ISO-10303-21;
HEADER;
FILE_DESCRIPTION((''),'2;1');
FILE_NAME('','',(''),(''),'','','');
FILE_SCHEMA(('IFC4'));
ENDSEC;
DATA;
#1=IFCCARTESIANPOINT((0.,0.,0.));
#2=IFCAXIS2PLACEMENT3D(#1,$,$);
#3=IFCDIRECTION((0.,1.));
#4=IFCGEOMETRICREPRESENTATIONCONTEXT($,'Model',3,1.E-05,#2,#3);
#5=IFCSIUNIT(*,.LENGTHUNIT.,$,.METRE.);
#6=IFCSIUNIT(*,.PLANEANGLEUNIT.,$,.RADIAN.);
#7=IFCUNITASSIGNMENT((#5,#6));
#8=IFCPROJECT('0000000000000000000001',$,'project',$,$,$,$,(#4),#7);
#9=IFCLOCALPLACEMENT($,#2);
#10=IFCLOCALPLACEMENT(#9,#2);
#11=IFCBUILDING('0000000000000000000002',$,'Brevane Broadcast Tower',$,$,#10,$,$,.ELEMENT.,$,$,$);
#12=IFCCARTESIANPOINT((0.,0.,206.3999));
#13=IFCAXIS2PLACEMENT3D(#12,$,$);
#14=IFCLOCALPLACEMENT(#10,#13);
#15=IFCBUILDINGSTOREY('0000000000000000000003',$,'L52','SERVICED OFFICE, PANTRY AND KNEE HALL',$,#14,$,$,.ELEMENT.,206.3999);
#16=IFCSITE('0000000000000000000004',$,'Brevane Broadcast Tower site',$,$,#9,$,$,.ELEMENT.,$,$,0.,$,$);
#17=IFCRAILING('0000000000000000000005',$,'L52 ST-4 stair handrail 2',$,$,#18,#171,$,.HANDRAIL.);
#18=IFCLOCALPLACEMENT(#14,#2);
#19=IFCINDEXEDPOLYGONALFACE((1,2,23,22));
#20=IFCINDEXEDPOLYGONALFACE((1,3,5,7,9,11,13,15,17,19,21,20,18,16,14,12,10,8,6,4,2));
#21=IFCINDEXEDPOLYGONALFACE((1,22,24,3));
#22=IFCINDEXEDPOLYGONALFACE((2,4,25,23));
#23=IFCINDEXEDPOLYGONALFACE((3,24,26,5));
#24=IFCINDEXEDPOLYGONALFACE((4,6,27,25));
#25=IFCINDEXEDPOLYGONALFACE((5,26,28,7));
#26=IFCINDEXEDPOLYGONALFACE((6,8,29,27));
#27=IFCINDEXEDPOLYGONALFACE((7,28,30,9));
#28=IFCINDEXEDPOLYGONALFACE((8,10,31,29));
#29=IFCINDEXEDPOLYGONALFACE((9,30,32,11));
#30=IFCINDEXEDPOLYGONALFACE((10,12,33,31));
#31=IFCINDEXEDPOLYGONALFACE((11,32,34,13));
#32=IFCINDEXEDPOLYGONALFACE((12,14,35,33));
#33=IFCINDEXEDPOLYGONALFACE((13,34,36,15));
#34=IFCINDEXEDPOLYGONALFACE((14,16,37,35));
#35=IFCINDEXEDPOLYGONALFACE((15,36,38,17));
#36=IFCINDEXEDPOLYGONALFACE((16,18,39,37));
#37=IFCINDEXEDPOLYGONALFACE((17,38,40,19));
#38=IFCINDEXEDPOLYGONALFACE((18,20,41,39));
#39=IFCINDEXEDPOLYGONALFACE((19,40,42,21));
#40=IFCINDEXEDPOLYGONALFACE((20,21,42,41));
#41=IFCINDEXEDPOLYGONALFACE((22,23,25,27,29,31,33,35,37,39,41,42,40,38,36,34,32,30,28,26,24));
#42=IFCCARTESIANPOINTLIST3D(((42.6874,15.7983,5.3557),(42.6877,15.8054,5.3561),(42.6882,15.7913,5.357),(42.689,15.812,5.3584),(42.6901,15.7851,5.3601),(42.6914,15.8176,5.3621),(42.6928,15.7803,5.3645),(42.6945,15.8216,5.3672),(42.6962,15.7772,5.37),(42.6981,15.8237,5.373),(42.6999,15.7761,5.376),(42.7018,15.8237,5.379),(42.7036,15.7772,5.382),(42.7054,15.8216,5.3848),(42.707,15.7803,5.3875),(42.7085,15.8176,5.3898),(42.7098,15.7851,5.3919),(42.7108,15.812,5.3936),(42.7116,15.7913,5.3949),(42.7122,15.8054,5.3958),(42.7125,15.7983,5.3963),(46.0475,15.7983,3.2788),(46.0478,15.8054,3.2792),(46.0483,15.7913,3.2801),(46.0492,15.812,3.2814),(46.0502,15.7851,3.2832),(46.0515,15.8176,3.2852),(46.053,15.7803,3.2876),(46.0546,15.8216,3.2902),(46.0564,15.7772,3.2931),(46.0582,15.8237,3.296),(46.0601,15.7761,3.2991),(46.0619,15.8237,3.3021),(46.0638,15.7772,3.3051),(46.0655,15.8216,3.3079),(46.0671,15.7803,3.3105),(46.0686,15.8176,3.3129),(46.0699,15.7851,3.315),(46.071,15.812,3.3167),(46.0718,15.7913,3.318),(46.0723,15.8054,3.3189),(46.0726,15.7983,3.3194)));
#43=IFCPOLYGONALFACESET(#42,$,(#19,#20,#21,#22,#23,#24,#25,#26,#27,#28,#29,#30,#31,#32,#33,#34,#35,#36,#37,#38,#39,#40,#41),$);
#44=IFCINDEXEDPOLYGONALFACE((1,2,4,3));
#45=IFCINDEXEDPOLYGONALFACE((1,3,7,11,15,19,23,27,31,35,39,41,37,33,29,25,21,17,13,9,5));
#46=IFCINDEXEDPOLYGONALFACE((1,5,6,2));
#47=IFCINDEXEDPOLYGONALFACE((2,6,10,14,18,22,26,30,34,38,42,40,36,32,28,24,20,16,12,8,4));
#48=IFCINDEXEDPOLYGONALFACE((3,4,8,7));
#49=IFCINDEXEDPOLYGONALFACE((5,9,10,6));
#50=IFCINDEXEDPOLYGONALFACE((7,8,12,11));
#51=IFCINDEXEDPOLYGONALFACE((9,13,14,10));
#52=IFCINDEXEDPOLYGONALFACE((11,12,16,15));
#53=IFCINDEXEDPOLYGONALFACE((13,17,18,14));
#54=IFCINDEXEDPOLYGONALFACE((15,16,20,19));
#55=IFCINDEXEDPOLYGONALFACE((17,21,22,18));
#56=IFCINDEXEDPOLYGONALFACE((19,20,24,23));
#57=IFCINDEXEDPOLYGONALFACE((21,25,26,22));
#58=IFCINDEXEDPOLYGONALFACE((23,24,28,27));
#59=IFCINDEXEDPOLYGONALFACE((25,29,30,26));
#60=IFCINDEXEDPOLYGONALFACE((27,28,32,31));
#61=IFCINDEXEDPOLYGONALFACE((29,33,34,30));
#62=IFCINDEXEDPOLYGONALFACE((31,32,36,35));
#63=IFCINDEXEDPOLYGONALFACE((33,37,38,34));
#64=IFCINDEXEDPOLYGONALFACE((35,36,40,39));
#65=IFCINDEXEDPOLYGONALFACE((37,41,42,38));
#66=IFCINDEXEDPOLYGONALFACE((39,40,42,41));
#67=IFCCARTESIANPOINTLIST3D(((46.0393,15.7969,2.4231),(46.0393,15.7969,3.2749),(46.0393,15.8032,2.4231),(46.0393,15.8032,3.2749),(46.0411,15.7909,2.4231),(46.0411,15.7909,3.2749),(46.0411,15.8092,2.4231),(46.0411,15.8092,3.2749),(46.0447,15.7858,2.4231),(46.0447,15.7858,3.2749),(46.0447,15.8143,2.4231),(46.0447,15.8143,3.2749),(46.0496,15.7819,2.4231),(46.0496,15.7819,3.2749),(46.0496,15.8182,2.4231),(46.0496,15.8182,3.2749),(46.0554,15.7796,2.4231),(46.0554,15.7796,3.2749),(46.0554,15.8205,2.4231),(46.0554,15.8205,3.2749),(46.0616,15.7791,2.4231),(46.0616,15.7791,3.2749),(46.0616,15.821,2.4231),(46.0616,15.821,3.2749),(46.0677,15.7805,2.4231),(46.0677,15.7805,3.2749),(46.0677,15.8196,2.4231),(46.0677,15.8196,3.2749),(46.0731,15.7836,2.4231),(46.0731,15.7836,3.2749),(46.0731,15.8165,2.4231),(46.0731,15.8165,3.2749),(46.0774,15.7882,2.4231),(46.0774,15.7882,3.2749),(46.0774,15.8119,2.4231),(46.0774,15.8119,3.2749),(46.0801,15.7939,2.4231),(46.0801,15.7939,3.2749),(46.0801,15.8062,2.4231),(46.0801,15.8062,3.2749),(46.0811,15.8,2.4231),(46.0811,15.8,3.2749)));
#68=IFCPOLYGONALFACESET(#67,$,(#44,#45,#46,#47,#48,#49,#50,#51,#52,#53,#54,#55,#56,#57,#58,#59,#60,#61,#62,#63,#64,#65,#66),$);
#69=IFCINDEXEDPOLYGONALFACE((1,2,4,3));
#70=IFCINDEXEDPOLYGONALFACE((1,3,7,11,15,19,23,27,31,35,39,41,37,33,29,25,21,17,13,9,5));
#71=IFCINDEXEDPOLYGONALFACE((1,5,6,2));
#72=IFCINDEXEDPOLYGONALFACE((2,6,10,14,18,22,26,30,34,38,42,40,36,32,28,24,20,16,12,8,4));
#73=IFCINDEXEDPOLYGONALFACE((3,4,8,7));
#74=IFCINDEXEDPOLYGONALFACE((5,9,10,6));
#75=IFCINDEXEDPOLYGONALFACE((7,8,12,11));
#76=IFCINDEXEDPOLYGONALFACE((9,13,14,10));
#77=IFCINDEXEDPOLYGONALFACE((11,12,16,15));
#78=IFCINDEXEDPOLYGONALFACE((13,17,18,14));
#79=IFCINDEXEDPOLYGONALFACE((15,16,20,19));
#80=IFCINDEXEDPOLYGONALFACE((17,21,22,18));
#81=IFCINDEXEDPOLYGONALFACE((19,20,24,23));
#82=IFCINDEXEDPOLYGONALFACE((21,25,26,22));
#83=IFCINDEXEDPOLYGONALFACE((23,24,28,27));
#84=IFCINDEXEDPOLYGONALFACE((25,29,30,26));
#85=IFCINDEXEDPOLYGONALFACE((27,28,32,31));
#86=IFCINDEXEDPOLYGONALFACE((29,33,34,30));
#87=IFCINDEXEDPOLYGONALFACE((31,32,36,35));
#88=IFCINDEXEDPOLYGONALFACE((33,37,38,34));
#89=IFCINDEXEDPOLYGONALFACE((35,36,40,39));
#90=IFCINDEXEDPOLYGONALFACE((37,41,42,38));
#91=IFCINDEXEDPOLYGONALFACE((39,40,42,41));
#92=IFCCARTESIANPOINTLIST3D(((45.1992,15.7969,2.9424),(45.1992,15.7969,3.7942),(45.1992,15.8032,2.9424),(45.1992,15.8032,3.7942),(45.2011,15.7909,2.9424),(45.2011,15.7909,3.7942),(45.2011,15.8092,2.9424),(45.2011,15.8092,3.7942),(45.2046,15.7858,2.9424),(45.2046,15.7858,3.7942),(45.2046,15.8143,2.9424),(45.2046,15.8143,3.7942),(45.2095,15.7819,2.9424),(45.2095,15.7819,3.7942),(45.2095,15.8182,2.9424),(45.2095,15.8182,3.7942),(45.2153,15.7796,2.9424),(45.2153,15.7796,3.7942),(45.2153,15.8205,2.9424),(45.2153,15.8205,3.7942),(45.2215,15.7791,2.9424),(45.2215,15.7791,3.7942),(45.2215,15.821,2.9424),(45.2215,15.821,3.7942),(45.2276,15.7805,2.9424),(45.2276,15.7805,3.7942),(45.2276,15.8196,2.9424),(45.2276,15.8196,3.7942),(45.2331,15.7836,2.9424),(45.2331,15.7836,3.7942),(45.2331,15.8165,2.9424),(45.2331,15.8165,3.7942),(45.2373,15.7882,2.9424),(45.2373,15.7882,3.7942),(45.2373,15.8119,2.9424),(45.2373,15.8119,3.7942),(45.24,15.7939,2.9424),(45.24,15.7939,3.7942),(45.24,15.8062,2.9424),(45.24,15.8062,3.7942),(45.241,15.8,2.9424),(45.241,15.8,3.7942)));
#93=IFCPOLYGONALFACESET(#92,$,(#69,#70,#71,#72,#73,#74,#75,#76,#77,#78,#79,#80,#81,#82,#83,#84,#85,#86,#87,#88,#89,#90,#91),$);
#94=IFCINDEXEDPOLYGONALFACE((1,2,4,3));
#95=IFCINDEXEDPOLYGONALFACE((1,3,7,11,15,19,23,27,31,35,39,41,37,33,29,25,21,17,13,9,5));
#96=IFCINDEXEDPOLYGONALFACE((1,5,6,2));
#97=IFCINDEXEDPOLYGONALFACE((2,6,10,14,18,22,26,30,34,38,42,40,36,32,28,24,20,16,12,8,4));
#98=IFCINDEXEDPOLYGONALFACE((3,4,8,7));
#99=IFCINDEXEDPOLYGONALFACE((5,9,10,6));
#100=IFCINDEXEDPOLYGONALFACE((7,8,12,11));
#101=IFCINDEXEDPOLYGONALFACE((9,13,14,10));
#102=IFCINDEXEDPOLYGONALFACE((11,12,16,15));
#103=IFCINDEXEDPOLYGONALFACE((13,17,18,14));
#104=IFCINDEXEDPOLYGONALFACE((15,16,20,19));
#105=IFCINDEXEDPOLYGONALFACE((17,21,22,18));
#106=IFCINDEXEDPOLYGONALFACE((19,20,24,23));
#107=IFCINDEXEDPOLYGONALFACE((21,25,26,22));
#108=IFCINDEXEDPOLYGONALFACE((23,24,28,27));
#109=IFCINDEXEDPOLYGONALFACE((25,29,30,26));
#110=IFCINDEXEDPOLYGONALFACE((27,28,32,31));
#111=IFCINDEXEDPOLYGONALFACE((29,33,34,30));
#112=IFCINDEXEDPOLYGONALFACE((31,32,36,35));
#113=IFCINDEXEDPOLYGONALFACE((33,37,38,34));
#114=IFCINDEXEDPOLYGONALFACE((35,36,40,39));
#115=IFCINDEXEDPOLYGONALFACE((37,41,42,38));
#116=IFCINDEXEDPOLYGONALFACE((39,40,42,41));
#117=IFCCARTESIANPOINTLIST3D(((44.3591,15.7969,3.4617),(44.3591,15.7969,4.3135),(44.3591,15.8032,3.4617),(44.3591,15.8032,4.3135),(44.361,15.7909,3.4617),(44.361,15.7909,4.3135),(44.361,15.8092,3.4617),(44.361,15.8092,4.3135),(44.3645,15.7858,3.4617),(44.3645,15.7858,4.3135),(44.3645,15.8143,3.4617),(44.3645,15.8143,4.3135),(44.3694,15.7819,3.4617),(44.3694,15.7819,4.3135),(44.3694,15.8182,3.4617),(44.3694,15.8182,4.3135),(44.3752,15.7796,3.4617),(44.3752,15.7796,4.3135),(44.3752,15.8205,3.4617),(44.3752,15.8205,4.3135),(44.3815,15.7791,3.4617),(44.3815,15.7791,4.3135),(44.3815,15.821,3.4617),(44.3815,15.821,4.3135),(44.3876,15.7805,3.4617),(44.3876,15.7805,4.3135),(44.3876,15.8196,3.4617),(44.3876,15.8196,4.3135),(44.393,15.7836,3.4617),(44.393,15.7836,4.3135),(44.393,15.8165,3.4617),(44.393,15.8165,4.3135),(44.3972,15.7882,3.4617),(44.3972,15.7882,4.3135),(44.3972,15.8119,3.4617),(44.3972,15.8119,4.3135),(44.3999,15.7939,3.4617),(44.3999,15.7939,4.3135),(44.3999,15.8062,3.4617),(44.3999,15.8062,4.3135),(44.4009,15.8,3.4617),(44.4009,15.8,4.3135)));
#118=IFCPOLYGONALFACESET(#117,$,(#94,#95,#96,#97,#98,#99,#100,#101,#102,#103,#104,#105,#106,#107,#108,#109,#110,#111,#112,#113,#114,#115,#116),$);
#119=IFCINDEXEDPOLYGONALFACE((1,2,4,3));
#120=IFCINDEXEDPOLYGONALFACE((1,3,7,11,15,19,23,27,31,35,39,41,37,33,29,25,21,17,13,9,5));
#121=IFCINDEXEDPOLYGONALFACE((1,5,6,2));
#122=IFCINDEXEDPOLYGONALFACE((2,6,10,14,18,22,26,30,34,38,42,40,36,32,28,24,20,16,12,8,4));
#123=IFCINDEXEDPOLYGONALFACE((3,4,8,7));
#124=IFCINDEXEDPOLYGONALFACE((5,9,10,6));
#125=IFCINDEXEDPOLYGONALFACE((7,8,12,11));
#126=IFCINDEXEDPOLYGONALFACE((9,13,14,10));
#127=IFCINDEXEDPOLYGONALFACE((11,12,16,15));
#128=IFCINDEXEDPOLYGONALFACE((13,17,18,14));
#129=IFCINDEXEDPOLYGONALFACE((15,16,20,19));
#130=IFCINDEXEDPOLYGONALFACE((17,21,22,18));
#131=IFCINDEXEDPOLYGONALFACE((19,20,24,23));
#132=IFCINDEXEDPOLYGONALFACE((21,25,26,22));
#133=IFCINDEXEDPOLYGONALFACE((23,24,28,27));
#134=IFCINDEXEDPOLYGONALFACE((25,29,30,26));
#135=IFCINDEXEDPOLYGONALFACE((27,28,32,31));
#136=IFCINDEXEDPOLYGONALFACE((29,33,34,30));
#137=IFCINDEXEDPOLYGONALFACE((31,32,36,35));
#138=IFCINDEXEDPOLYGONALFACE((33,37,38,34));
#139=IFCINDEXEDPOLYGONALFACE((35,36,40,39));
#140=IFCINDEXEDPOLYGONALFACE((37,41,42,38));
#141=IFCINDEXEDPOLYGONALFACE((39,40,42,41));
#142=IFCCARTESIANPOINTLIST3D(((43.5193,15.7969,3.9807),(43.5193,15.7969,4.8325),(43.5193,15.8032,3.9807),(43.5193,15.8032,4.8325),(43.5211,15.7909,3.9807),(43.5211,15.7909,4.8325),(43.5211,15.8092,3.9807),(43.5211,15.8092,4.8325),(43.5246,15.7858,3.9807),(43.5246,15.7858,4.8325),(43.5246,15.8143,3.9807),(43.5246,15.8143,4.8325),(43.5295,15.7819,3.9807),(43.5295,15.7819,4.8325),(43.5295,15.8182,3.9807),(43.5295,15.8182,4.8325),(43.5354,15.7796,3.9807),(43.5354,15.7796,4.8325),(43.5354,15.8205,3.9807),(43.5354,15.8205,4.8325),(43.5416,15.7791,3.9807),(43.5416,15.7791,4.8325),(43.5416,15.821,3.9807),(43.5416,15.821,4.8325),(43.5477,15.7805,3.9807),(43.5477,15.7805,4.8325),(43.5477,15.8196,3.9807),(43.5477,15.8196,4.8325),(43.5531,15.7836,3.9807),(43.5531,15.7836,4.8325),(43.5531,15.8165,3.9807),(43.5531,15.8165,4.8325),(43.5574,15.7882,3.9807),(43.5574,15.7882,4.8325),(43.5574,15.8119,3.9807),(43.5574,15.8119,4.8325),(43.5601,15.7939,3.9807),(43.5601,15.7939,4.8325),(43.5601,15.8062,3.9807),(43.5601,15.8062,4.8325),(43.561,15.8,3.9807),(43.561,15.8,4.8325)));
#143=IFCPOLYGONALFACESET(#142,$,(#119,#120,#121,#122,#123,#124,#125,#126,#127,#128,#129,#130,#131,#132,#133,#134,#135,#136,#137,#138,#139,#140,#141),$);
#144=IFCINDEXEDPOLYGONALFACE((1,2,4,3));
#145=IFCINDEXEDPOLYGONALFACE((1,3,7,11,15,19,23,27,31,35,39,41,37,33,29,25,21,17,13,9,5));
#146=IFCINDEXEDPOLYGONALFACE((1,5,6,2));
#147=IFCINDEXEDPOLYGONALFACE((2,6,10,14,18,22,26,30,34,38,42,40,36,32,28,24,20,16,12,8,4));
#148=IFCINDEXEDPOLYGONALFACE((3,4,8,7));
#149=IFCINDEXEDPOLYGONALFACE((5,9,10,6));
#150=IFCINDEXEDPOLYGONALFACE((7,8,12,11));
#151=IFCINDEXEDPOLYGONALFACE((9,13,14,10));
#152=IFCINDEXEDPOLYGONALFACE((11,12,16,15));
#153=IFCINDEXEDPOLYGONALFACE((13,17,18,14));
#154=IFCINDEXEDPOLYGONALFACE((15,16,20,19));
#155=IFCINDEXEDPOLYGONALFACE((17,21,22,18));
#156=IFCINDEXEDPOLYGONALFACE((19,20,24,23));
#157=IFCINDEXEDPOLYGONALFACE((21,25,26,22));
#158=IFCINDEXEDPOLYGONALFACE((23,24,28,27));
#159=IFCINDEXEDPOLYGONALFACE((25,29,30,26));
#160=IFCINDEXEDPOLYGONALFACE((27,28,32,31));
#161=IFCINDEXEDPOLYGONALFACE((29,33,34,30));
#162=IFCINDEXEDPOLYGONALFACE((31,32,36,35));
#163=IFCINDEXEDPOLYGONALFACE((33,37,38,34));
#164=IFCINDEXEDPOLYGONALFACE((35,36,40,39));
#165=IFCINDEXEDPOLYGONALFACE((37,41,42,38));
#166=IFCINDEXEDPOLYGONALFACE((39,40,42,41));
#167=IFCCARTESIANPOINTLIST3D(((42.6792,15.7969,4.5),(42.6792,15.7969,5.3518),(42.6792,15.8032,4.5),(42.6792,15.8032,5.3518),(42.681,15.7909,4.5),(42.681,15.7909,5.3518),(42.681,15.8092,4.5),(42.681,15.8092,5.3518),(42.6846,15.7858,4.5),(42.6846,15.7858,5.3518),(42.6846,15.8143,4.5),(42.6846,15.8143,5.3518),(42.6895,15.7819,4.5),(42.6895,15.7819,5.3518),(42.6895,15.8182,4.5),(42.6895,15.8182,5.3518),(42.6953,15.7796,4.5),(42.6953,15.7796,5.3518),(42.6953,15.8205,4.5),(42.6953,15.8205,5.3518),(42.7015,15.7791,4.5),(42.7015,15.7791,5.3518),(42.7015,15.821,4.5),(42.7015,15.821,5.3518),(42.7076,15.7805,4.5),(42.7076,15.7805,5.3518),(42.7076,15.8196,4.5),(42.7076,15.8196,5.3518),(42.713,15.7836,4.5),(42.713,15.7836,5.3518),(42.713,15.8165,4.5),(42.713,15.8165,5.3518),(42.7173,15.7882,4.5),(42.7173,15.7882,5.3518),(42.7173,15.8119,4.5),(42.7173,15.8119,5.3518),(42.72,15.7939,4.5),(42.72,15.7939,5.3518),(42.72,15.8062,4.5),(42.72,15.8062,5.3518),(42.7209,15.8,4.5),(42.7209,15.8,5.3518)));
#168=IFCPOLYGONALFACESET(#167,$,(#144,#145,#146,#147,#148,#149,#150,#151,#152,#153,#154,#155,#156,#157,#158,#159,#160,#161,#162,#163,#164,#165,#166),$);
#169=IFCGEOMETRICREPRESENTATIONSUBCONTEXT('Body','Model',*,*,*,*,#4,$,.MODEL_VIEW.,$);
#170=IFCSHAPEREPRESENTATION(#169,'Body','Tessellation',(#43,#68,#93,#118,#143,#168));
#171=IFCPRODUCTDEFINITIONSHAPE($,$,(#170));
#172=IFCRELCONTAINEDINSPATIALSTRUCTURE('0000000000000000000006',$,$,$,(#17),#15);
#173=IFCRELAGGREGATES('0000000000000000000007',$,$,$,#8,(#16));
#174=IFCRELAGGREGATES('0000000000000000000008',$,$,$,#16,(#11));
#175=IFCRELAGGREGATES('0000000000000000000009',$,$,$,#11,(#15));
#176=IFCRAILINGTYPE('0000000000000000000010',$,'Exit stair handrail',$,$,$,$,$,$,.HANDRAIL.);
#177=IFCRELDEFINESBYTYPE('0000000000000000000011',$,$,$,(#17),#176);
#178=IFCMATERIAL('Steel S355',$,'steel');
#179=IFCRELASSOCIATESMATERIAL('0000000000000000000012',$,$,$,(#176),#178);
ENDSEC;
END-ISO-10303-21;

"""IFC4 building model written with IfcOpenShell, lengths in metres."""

from ifc_helpers import new_model, si_unit, direction, frame, origin, origin_2d, place, context, subcontext, project, spatial, circle, extrude, material, type_object, element, save


model = new_model("IFC4")

# Units and contexts
model_context = context("Model", 3, precision=1e-05, world=origin(), true_north=direction((0.0, 1.0)))
body_context = subcontext(model_context, "Body", "Model", "MODEL_VIEW")
ifc_project = project(units=[si_unit("LENGTHUNIT", "METRE"), si_unit("PLANEANGLEUNIT", "RADIAN")], contexts=[model_context])

# Site, building, storey
site_placement = place(None, origin())
site = spatial("IfcSite", under=ifc_project, at=site_placement, Name="Brevane Broadcast Tower site", CompositionType="ELEMENT", RefElevation=0.0)
building_placement = place(site_placement, origin())
building = spatial("IfcBuilding", under=site, at=building_placement, Name="Brevane Broadcast Tower", CompositionType="ELEMENT")
storey_placement = place(building_placement, frame((0.0, 0.0, 206.3999)))
storey = spatial("IfcBuildingStorey", under=building, at=storey_placement, Name="L52", Description="SERVICED OFFICE, PANTRY AND KNEE HALL", CompositionType="ELEMENT", Elevation=206.3999)

# Railing
ifc_material_1 = material(Name="Steel S355", Category="steel")
railing_type_1 = type_object("IfcRailingType", Name="Exit stair handrail", PredefinedType="HANDRAIL", material=ifc_material_1)
railing_1_placement = place(storey_placement, frame((46.0601, 15.8, 2.4231)))
element("IfcRailing", 1, at=railing_1_placement, inside=storey, type_object=railing_type_1, Name="L52 ST-4 stair handrail 2", PredefinedType="HANDRAIL", context=body_context, shape_type="SweptSolid", body=[
    extrude(circle(Radius=0.0239, at=origin_2d()), frame((0.0, 0.0, 0.876), z_axis=(-0.850623, 0.0, 0.525776), x_axis=(0.0, -1.0, 0.0)), (0.0, 0.0, 1.0), 3.9502),
    extrude(circle(Radius=0.021, at=origin_2d()), origin(), (0.0, 0.0, 1.0), 0.8518),
    extrude(circle(Radius=0.021, at=origin_2d()), frame((-0.8401, 0.0, 0.5193)), (0.0, 0.0, 1.0), 0.8518),
    extrude(circle(Radius=0.021, at=origin_2d()), frame((-1.6802, 0.0, 1.0386)), (0.0, 0.0, 1.0), 0.8518),
    extrude(circle(Radius=0.021, at=origin_2d()), frame((-2.52, 0.0, 1.5576)), (0.0, 0.0, 1.0), 0.8518),
    extrude(circle(Radius=0.021, at=origin_2d()), frame((-3.3601, 0.0, 2.0769)), (0.0, 0.0, 1.0), 0.8518),
])

save(model, "model.ifc")
